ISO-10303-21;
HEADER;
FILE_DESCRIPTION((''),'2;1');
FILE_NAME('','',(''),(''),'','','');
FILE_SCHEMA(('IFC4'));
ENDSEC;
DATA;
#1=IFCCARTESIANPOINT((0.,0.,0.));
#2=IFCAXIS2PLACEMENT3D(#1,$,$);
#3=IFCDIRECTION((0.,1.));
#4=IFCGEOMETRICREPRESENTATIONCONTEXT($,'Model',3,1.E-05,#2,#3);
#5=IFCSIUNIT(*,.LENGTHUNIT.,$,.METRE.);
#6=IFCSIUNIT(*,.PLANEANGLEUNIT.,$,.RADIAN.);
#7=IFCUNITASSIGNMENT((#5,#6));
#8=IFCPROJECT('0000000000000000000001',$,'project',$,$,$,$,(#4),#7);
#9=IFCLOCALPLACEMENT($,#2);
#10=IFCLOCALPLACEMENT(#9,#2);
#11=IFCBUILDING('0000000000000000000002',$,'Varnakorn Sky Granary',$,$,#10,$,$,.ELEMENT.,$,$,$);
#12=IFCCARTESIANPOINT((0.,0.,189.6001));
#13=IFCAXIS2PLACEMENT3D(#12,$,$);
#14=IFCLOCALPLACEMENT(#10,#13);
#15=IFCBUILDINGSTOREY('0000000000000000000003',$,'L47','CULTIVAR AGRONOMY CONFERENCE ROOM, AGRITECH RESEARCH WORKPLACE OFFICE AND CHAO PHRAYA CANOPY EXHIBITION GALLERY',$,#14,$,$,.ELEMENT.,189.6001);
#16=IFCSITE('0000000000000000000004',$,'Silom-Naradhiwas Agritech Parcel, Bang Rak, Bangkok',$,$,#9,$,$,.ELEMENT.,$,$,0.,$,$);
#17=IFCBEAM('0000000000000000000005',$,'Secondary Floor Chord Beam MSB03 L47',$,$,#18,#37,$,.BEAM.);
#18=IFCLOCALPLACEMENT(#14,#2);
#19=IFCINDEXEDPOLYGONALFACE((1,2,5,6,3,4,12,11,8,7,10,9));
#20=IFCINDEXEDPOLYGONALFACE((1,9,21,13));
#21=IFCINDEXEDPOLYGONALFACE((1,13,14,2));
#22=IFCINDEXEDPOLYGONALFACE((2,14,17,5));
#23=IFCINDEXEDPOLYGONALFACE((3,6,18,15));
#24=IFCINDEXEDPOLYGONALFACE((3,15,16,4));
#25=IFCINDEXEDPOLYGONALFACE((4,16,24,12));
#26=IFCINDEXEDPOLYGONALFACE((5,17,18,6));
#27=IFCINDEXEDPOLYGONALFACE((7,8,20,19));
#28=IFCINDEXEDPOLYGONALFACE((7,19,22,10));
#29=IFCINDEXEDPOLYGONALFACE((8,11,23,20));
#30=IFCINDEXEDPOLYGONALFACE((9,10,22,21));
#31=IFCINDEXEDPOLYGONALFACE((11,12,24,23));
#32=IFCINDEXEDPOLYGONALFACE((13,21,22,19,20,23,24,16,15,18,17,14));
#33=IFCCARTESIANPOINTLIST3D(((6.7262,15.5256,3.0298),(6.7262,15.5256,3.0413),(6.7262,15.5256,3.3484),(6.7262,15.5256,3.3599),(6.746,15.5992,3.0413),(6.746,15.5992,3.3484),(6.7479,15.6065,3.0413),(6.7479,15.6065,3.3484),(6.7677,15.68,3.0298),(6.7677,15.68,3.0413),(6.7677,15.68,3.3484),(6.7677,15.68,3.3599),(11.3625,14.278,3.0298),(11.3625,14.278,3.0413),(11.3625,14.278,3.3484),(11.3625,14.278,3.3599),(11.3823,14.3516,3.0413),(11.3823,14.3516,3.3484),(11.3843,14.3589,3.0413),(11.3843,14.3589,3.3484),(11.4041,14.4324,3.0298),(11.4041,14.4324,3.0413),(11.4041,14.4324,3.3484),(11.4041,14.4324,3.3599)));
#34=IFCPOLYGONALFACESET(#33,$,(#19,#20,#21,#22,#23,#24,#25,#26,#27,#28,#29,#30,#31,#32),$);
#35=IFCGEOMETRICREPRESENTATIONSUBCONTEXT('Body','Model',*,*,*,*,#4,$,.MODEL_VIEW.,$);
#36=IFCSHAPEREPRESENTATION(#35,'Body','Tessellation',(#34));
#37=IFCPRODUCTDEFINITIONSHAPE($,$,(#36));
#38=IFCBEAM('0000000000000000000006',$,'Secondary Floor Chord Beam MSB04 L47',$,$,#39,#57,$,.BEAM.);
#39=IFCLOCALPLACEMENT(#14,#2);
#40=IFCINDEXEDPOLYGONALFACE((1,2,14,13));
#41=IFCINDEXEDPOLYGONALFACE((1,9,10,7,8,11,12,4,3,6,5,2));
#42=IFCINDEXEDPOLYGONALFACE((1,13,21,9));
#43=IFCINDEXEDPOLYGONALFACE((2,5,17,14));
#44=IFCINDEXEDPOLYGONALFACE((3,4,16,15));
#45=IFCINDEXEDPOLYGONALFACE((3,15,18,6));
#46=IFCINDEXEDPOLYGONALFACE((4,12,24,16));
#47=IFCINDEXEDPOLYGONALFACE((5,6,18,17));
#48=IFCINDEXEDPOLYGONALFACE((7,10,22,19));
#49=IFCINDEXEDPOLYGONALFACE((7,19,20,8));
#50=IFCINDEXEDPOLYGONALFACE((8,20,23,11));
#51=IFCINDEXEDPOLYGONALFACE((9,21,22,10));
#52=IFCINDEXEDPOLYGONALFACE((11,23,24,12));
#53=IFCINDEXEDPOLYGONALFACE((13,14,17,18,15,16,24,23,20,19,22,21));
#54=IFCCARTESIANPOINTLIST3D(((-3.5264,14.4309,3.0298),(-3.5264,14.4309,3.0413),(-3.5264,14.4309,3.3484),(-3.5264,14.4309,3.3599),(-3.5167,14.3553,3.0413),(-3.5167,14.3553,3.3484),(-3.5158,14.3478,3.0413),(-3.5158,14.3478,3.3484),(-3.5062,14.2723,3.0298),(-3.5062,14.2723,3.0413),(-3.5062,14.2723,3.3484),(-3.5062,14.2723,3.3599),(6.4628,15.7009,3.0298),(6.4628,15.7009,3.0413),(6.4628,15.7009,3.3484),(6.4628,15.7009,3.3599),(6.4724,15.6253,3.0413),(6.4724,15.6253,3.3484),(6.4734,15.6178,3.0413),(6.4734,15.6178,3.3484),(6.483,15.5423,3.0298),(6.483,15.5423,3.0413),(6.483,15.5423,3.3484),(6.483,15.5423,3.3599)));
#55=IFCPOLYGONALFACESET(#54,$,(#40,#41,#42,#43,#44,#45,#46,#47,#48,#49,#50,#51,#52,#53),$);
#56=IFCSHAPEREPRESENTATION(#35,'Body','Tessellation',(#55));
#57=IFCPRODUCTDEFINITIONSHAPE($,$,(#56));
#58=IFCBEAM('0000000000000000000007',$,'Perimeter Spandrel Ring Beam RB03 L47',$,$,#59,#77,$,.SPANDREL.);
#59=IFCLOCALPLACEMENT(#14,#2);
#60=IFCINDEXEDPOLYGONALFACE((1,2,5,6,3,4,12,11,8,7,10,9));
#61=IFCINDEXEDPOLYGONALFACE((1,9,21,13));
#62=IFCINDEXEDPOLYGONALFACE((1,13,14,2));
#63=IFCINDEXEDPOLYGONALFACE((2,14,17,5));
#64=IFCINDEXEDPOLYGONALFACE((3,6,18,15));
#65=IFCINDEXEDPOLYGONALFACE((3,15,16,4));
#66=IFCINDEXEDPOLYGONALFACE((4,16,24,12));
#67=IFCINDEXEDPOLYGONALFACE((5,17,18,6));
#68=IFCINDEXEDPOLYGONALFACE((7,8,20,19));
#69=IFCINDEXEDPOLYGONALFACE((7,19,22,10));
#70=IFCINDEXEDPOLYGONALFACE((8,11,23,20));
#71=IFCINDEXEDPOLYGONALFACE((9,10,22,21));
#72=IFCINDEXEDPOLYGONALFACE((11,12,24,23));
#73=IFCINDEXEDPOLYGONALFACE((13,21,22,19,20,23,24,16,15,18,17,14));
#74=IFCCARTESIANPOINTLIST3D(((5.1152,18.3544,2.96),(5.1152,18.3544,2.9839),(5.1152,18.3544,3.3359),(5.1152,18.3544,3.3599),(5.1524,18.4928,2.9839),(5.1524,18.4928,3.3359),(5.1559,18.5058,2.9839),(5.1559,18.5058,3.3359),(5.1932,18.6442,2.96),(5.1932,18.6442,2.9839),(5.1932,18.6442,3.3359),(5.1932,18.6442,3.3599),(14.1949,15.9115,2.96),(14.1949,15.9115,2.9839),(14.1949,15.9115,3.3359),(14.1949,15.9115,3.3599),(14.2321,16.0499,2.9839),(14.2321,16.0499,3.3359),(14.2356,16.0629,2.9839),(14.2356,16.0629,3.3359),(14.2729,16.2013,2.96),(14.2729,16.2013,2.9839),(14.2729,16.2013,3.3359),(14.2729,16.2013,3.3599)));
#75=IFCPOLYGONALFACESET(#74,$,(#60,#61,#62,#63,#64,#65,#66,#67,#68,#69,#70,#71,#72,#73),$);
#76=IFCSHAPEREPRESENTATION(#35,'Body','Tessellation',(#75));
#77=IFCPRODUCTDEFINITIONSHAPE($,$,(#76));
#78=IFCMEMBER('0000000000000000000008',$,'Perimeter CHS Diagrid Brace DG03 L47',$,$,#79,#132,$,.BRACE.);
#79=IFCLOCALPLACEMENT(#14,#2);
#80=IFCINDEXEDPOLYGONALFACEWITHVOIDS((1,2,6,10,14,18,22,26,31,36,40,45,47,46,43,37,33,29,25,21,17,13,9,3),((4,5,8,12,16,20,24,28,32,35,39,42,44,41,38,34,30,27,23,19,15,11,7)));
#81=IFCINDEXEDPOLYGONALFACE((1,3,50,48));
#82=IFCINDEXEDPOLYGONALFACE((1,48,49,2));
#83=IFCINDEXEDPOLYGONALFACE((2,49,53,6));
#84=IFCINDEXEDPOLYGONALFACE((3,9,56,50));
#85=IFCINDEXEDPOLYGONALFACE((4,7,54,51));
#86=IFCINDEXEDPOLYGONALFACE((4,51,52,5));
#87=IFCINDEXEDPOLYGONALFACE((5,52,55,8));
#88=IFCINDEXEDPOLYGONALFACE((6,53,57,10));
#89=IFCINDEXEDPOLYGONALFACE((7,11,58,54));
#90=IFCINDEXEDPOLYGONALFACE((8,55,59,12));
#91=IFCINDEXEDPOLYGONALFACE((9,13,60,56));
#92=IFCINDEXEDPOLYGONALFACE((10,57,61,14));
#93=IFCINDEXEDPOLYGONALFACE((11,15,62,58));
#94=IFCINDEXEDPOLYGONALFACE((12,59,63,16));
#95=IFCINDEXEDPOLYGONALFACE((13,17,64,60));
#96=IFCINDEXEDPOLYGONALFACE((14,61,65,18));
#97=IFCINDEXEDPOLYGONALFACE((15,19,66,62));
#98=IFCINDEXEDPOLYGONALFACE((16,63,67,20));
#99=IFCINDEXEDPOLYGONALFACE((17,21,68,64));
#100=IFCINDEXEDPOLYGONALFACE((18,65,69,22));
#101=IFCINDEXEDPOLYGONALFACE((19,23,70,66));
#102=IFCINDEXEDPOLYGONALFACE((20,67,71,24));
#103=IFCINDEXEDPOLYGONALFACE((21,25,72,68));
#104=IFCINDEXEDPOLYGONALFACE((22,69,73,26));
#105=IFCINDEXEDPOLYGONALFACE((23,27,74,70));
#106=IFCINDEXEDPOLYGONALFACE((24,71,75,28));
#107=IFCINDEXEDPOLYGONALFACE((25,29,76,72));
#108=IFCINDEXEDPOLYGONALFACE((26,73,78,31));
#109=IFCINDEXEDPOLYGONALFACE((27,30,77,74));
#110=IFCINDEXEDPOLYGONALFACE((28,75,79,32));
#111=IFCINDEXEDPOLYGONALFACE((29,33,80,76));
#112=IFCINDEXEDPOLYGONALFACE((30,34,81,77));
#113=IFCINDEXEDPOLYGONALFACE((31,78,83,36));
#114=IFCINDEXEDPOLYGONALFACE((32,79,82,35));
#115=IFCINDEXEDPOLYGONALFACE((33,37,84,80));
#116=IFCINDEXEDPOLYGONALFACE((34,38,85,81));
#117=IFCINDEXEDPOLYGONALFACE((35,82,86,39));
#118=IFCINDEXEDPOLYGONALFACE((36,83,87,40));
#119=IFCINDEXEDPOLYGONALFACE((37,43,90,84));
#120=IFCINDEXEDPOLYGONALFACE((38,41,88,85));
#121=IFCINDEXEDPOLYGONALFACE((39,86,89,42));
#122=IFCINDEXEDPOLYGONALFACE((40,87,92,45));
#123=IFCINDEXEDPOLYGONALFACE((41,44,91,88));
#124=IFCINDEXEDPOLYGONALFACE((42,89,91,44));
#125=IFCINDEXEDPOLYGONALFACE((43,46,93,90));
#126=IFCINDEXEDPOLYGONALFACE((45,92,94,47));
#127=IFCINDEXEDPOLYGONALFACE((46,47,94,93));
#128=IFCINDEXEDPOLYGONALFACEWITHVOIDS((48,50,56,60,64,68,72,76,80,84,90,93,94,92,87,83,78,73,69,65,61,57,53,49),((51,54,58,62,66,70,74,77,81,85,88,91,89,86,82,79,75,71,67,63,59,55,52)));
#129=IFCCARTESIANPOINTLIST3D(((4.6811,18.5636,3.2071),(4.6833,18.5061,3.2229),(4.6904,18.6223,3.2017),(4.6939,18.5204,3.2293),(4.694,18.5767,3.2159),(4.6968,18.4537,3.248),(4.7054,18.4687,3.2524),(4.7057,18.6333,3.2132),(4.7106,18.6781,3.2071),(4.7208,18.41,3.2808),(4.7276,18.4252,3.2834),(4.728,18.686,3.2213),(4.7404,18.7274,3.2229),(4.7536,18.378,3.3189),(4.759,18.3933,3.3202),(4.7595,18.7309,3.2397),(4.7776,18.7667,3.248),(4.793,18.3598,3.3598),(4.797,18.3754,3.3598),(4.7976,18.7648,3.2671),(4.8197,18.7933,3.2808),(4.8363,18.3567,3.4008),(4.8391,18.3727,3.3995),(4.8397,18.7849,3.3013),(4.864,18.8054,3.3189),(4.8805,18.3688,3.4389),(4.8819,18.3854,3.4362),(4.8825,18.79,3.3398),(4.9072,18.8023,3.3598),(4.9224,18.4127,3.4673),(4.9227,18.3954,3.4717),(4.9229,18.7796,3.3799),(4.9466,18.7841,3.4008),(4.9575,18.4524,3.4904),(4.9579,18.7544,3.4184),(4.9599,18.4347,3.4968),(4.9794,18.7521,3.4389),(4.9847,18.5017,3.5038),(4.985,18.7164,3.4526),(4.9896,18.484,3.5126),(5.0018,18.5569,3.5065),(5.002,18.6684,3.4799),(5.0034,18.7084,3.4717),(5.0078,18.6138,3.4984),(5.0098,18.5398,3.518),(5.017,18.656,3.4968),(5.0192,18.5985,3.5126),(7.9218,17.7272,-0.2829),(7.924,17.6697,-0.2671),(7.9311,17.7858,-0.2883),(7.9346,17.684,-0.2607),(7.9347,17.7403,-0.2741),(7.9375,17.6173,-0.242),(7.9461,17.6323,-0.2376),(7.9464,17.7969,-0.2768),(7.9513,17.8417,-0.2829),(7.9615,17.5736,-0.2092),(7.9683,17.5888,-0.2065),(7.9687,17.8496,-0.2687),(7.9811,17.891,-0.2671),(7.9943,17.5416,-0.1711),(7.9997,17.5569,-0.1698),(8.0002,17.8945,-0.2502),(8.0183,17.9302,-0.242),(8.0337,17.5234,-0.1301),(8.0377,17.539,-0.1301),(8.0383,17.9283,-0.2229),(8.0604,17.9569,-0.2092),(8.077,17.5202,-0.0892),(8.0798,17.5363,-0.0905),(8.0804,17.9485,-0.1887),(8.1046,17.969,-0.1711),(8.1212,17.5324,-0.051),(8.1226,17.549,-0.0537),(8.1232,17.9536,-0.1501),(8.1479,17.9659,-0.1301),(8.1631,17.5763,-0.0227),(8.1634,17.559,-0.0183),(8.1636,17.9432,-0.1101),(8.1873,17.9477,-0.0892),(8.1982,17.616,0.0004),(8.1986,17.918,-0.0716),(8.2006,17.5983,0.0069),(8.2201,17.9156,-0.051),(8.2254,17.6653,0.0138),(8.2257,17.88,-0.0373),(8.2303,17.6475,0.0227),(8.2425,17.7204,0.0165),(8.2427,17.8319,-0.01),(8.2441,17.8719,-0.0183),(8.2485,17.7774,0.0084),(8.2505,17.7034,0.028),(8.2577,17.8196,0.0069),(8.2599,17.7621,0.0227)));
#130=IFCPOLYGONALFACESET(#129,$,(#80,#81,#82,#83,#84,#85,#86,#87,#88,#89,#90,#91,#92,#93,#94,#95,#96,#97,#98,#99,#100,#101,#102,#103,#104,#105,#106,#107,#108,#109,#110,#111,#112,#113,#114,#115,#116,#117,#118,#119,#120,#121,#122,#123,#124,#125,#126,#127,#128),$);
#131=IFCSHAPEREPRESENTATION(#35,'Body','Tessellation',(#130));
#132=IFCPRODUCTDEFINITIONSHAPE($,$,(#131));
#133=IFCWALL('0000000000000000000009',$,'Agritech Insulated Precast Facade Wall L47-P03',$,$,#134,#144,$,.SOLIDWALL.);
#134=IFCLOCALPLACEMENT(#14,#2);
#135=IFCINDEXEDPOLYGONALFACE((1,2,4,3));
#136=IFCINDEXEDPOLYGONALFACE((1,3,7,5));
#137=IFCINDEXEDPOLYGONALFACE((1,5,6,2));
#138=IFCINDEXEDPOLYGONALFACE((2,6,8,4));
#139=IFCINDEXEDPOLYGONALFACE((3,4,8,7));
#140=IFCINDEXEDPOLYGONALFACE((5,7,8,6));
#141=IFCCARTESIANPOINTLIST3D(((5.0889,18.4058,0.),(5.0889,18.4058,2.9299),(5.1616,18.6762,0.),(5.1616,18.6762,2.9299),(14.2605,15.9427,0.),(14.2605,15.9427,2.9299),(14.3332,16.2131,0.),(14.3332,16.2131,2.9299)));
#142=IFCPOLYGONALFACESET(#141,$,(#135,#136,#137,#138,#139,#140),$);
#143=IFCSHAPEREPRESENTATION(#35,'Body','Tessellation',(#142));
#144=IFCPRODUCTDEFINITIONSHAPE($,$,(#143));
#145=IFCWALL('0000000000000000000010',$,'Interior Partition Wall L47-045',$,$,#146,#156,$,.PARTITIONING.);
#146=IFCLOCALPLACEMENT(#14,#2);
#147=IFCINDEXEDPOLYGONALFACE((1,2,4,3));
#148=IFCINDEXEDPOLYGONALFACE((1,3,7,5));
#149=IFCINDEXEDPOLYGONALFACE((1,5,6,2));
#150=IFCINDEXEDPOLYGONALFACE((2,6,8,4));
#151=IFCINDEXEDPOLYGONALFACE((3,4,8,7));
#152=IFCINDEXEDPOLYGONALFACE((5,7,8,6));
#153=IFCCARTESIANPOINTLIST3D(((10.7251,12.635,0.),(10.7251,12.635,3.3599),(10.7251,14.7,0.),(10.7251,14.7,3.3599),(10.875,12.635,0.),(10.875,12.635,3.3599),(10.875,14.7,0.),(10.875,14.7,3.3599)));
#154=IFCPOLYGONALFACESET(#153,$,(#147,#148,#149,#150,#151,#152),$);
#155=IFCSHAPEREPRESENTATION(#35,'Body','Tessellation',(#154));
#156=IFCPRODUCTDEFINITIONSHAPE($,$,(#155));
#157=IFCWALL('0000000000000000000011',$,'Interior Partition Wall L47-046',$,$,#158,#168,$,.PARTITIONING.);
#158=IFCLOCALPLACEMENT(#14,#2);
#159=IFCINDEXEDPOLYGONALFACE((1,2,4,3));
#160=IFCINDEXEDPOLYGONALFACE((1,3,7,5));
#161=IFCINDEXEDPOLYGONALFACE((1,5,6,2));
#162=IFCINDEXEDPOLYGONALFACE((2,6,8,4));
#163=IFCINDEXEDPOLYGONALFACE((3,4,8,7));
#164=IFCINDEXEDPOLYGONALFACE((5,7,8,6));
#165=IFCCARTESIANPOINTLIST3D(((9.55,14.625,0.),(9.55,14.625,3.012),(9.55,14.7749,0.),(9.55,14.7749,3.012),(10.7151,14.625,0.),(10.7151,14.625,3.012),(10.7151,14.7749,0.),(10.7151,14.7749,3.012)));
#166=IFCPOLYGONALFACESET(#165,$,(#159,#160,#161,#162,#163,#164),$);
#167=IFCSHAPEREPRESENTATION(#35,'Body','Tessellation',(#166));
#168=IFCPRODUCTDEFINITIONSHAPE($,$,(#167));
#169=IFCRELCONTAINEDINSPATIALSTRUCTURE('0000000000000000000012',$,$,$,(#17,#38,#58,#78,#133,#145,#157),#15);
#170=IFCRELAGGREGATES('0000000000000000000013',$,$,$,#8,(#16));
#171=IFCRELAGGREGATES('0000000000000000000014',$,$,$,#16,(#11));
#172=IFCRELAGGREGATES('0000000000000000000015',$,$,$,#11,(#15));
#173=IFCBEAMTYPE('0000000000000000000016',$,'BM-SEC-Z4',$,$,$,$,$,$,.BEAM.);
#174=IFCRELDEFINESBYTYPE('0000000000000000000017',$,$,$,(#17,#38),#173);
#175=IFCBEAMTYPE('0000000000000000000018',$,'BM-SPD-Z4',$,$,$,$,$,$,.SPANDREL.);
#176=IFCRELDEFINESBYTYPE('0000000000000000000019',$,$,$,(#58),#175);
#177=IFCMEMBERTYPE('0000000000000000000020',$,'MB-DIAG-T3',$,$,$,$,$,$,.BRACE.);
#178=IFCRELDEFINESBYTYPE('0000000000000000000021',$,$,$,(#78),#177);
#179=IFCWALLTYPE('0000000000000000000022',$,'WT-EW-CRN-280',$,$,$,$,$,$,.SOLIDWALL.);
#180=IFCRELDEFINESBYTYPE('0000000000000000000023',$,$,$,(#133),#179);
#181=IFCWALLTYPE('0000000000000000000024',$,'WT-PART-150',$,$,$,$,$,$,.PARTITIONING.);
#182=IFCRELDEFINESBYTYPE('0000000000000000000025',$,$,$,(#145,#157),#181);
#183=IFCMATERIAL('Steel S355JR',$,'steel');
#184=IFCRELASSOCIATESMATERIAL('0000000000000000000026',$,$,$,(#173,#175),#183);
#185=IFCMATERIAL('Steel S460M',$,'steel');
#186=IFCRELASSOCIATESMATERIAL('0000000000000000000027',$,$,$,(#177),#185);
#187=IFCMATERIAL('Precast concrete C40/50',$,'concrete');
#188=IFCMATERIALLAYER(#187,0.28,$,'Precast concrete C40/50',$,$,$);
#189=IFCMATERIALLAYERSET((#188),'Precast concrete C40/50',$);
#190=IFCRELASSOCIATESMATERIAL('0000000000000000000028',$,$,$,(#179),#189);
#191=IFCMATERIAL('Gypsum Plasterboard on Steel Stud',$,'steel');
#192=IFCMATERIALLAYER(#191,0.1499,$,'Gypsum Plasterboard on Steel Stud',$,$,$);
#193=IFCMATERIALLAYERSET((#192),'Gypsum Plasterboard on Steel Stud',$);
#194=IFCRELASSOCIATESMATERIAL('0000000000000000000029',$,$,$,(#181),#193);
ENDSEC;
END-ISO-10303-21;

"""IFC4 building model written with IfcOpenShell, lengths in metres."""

from ifc_helpers import new_model, si_unit, direction, frame, frame_2d, origin, origin_2d, place, context, subcontext, project, spatial, rectangle, hollow_circle, i_section, extrude, material, layer, layer_set, material_profile, profile_set, type_object, element, save


model = new_model("IFC4")

# Units and contexts
model_context = context("Model", 3, precision=1e-05, world=origin(), true_north=direction((0.0, 1.0)))
body_context = subcontext(model_context, "Body", "Model", "MODEL_VIEW")
ifc_project = project(units=[si_unit("LENGTHUNIT", "METRE"), si_unit("PLANEANGLEUNIT", "RADIAN")], contexts=[model_context])

# Site, building, storey
site_placement = place(None, origin())
site = spatial("IfcSite", under=ifc_project, at=site_placement, Name="Silom-Naradhiwas Agritech Parcel, Bang Rak, Bangkok", CompositionType="ELEMENT", RefElevation=0.0)
building_placement = place(site_placement, origin())
building = spatial("IfcBuilding", under=site, at=building_placement, Name="Varnakorn Sky Granary", CompositionType="ELEMENT")
storey_placement = place(building_placement, frame((0.0, 0.0, 189.6001)))
storey = spatial("IfcBuildingStorey", under=building, at=storey_placement, Name="L47", Description="CULTIVAR AGRONOMY CONFERENCE ROOM, AGRITECH RESEARCH WORKPLACE OFFICE AND CHAO PHRAYA CANOPY EXHIBITION GALLERY", CompositionType="ELEMENT", Elevation=189.6001)

# Shared definitions
ifc_material_1 = material(Name="Steel S460M", Category="steel")

# Beams
ifc_material_2 = material(Name="Steel S355JR", Category="steel")
ifc_material_profile_1 = material_profile(ifc_material_2, i_section(OverallWidth=0.1599, OverallDepth=0.3301, WebThickness=0.0076, FlangeThickness=0.0115, at=origin_2d()), Name="IPE 330")
ifc_profile_set_1 = profile_set([ifc_material_profile_1], Name="Steel S355JR")
beam_type_1 = type_object("IfcBeamType", Name="BM-SEC-Z4", PredefinedType="BEAM", material=ifc_profile_set_1)
beam_1_placement = place(storey_placement, frame((11.3833, 14.3552, 3.1948), z_axis=(-0.96565, 0.259846, 0.0), x_axis=(-0.259846, -0.96565, 0.0)))
element("IfcBeam", 1, at=beam_1_placement, inside=storey, type_object=beam_type_1, Name="Secondary Floor Chord Beam MSB03 L47", PredefinedType="BEAM", context=body_context, shape_type="SweptSolid", body=[
    extrude(i_section(OverallWidth=0.1599, OverallDepth=0.3301, WebThickness=0.0076, FlangeThickness=0.0115, at=origin_2d()), origin(), (0.0, 0.0, 1.0), 4.8013),
])
beam_2_placement = place(storey_placement, frame((6.4729, 15.6216, 3.1948), z_axis=(-0.992015, -0.126123, 0.0), x_axis=(0.126123, -0.992015, 0.0)))
element("IfcBeam", 2, at=beam_2_placement, inside=storey, type_object=beam_type_1, Name="Secondary Floor Chord Beam MSB04 L47", PredefinedType="BEAM", context=body_context, shape_type="SweptSolid", body=[
    extrude(i_section(OverallWidth=0.1599, OverallDepth=0.3301, WebThickness=0.0076, FlangeThickness=0.0115, at=origin_2d()), origin(), (0.0, 0.0, 1.0), 10.0696),
])
ifc_material_profile_2 = material_profile(ifc_material_2, i_section(OverallWidth=0.3, OverallDepth=0.3999, WebThickness=0.0134, FlangeThickness=0.0239, at=origin_2d()), Name="HE 400 B")
ifc_profile_set_2 = profile_set([ifc_material_profile_2], Name="Steel S355JR")
beam_type_2 = type_object("IfcBeamType", Name="BM-SPD-Z4", PredefinedType="SPANDREL", material=ifc_profile_set_2)
beam_3_placement = place(storey_placement, frame((14.2339, 16.0564, 3.1599), z_axis=(-0.965659, 0.259811, 0.0), x_axis=(-0.259811, -0.965659, 0.0)))
element("IfcBeam", 3, at=beam_3_placement, inside=storey, type_object=beam_type_2, Name="Perimeter Spandrel Ring Beam RB03 L47", PredefinedType="SPANDREL", context=body_context, shape_type="SweptSolid", body=[
    extrude(i_section(OverallWidth=0.3, OverallDepth=0.3999, WebThickness=0.0134, FlangeThickness=0.0239, at=origin_2d()), origin(), (0.0, 0.0, 1.0), 9.4026),
])

# Member
ifc_material_profile_3 = material_profile(ifc_material_1, hollow_circle(Radius=0.2285, WallThickness=0.0161, at=origin_2d()), Name="CHS 457x16")
ifc_profile_set_3 = profile_set([ifc_material_profile_3], Name="Steel S460M")
member_type = type_object("IfcMemberType", Name="MB-DIAG-T3", PredefinedType="BRACE", material=ifc_profile_set_3)
member_placement = place(storey_placement, frame((8.0908, 17.7446, -0.1301), z_axis=(-0.670196, 0.172977, 0.721746), x_axis=(-0.249909, -0.968269, 0.0)))
element("IfcMember", 4, at=member_placement, inside=storey, type_object=member_type, Name="Perimeter CHS Diagrid Brace DG03 L47", PredefinedType="BRACE", context=body_context, shape_type="SweptSolid", body=[
    extrude(hollow_circle(Radius=0.2285, WallThickness=0.0161, at=origin_2d()), origin(), (0.0, 0.0, 1.0), 4.8354),
])

# Walls
ifc_material_3 = material(Name="Precast concrete C40/50", Category="concrete")
ifc_layer_1 = layer(ifc_material_3, 0.28, Name="Precast concrete C40/50")
ifc_layer_set_1 = layer_set([ifc_layer_1], Name="Precast concrete C40/50")
wall_type_1 = type_object("IfcWallType", Name="WT-EW-CRN-280", PredefinedType="SOLIDWALL", material=ifc_layer_set_1)
wall_1_placement = place(storey_placement, frame((5.1252, 18.541, 0.0), z_axis=(0.0, 0.0, 1.0), x_axis=(0.965778, -0.25937, 0.0)))
element("IfcWall", 5, at=wall_1_placement, inside=storey, type_object=wall_type_1, Name="Agritech Insulated Precast Facade Wall L47-P03", PredefinedType="SOLIDWALL", context=body_context, shape_type="SweptSolid", body=[
    extrude(rectangle(XDim=9.4966, YDim=0.28, at=frame_2d((4.7483, 0.0))), origin(), (0.0, 0.0, 1.0), 2.9299),
])
ifc_material_4 = material(Name="Gypsum Plasterboard on Steel Stud", Category="steel")
ifc_layer_2 = layer(ifc_material_4, 0.1499, Name="Gypsum Plasterboard on Steel Stud")
ifc_layer_set_2 = layer_set([ifc_layer_2], Name="Gypsum Plasterboard on Steel Stud")
wall_type_2 = type_object("IfcWallType", Name="WT-PART-150", PredefinedType="PARTITIONING", material=ifc_layer_set_2)
wall_2_placement = place(storey_placement, frame((10.8, 12.635, 0.0), z_axis=(0.0, 0.0, 1.0), x_axis=(0.0, 1.0, 0.0)))
element("IfcWall", 6, at=wall_2_placement, inside=storey, type_object=wall_type_2, Name="Interior Partition Wall L47-045", PredefinedType="PARTITIONING", context=body_context, shape_type="SweptSolid", body=[
    extrude(rectangle(XDim=2.0649, YDim=0.1499, at=frame_2d((1.0325, 0.0))), origin(), (0.0, 0.0, 1.0), 3.3599),
])
wall_3_placement = place(storey_placement, frame((10.7151, 14.7, 0.0), z_axis=(0.0, 0.0, 1.0), x_axis=(-1.0, 0.0, 0.0)))
element("IfcWall", 7, at=wall_3_placement, inside=storey, type_object=wall_type_2, Name="Interior Partition Wall L47-046", PredefinedType="PARTITIONING", context=body_context, shape_type="SweptSolid", body=[
    extrude(rectangle(XDim=1.165, YDim=0.1499, at=frame_2d((0.5825, 0.0))), origin(), (0.0, 0.0, 1.0), 3.012),
])

save(model, "model.ifc")
